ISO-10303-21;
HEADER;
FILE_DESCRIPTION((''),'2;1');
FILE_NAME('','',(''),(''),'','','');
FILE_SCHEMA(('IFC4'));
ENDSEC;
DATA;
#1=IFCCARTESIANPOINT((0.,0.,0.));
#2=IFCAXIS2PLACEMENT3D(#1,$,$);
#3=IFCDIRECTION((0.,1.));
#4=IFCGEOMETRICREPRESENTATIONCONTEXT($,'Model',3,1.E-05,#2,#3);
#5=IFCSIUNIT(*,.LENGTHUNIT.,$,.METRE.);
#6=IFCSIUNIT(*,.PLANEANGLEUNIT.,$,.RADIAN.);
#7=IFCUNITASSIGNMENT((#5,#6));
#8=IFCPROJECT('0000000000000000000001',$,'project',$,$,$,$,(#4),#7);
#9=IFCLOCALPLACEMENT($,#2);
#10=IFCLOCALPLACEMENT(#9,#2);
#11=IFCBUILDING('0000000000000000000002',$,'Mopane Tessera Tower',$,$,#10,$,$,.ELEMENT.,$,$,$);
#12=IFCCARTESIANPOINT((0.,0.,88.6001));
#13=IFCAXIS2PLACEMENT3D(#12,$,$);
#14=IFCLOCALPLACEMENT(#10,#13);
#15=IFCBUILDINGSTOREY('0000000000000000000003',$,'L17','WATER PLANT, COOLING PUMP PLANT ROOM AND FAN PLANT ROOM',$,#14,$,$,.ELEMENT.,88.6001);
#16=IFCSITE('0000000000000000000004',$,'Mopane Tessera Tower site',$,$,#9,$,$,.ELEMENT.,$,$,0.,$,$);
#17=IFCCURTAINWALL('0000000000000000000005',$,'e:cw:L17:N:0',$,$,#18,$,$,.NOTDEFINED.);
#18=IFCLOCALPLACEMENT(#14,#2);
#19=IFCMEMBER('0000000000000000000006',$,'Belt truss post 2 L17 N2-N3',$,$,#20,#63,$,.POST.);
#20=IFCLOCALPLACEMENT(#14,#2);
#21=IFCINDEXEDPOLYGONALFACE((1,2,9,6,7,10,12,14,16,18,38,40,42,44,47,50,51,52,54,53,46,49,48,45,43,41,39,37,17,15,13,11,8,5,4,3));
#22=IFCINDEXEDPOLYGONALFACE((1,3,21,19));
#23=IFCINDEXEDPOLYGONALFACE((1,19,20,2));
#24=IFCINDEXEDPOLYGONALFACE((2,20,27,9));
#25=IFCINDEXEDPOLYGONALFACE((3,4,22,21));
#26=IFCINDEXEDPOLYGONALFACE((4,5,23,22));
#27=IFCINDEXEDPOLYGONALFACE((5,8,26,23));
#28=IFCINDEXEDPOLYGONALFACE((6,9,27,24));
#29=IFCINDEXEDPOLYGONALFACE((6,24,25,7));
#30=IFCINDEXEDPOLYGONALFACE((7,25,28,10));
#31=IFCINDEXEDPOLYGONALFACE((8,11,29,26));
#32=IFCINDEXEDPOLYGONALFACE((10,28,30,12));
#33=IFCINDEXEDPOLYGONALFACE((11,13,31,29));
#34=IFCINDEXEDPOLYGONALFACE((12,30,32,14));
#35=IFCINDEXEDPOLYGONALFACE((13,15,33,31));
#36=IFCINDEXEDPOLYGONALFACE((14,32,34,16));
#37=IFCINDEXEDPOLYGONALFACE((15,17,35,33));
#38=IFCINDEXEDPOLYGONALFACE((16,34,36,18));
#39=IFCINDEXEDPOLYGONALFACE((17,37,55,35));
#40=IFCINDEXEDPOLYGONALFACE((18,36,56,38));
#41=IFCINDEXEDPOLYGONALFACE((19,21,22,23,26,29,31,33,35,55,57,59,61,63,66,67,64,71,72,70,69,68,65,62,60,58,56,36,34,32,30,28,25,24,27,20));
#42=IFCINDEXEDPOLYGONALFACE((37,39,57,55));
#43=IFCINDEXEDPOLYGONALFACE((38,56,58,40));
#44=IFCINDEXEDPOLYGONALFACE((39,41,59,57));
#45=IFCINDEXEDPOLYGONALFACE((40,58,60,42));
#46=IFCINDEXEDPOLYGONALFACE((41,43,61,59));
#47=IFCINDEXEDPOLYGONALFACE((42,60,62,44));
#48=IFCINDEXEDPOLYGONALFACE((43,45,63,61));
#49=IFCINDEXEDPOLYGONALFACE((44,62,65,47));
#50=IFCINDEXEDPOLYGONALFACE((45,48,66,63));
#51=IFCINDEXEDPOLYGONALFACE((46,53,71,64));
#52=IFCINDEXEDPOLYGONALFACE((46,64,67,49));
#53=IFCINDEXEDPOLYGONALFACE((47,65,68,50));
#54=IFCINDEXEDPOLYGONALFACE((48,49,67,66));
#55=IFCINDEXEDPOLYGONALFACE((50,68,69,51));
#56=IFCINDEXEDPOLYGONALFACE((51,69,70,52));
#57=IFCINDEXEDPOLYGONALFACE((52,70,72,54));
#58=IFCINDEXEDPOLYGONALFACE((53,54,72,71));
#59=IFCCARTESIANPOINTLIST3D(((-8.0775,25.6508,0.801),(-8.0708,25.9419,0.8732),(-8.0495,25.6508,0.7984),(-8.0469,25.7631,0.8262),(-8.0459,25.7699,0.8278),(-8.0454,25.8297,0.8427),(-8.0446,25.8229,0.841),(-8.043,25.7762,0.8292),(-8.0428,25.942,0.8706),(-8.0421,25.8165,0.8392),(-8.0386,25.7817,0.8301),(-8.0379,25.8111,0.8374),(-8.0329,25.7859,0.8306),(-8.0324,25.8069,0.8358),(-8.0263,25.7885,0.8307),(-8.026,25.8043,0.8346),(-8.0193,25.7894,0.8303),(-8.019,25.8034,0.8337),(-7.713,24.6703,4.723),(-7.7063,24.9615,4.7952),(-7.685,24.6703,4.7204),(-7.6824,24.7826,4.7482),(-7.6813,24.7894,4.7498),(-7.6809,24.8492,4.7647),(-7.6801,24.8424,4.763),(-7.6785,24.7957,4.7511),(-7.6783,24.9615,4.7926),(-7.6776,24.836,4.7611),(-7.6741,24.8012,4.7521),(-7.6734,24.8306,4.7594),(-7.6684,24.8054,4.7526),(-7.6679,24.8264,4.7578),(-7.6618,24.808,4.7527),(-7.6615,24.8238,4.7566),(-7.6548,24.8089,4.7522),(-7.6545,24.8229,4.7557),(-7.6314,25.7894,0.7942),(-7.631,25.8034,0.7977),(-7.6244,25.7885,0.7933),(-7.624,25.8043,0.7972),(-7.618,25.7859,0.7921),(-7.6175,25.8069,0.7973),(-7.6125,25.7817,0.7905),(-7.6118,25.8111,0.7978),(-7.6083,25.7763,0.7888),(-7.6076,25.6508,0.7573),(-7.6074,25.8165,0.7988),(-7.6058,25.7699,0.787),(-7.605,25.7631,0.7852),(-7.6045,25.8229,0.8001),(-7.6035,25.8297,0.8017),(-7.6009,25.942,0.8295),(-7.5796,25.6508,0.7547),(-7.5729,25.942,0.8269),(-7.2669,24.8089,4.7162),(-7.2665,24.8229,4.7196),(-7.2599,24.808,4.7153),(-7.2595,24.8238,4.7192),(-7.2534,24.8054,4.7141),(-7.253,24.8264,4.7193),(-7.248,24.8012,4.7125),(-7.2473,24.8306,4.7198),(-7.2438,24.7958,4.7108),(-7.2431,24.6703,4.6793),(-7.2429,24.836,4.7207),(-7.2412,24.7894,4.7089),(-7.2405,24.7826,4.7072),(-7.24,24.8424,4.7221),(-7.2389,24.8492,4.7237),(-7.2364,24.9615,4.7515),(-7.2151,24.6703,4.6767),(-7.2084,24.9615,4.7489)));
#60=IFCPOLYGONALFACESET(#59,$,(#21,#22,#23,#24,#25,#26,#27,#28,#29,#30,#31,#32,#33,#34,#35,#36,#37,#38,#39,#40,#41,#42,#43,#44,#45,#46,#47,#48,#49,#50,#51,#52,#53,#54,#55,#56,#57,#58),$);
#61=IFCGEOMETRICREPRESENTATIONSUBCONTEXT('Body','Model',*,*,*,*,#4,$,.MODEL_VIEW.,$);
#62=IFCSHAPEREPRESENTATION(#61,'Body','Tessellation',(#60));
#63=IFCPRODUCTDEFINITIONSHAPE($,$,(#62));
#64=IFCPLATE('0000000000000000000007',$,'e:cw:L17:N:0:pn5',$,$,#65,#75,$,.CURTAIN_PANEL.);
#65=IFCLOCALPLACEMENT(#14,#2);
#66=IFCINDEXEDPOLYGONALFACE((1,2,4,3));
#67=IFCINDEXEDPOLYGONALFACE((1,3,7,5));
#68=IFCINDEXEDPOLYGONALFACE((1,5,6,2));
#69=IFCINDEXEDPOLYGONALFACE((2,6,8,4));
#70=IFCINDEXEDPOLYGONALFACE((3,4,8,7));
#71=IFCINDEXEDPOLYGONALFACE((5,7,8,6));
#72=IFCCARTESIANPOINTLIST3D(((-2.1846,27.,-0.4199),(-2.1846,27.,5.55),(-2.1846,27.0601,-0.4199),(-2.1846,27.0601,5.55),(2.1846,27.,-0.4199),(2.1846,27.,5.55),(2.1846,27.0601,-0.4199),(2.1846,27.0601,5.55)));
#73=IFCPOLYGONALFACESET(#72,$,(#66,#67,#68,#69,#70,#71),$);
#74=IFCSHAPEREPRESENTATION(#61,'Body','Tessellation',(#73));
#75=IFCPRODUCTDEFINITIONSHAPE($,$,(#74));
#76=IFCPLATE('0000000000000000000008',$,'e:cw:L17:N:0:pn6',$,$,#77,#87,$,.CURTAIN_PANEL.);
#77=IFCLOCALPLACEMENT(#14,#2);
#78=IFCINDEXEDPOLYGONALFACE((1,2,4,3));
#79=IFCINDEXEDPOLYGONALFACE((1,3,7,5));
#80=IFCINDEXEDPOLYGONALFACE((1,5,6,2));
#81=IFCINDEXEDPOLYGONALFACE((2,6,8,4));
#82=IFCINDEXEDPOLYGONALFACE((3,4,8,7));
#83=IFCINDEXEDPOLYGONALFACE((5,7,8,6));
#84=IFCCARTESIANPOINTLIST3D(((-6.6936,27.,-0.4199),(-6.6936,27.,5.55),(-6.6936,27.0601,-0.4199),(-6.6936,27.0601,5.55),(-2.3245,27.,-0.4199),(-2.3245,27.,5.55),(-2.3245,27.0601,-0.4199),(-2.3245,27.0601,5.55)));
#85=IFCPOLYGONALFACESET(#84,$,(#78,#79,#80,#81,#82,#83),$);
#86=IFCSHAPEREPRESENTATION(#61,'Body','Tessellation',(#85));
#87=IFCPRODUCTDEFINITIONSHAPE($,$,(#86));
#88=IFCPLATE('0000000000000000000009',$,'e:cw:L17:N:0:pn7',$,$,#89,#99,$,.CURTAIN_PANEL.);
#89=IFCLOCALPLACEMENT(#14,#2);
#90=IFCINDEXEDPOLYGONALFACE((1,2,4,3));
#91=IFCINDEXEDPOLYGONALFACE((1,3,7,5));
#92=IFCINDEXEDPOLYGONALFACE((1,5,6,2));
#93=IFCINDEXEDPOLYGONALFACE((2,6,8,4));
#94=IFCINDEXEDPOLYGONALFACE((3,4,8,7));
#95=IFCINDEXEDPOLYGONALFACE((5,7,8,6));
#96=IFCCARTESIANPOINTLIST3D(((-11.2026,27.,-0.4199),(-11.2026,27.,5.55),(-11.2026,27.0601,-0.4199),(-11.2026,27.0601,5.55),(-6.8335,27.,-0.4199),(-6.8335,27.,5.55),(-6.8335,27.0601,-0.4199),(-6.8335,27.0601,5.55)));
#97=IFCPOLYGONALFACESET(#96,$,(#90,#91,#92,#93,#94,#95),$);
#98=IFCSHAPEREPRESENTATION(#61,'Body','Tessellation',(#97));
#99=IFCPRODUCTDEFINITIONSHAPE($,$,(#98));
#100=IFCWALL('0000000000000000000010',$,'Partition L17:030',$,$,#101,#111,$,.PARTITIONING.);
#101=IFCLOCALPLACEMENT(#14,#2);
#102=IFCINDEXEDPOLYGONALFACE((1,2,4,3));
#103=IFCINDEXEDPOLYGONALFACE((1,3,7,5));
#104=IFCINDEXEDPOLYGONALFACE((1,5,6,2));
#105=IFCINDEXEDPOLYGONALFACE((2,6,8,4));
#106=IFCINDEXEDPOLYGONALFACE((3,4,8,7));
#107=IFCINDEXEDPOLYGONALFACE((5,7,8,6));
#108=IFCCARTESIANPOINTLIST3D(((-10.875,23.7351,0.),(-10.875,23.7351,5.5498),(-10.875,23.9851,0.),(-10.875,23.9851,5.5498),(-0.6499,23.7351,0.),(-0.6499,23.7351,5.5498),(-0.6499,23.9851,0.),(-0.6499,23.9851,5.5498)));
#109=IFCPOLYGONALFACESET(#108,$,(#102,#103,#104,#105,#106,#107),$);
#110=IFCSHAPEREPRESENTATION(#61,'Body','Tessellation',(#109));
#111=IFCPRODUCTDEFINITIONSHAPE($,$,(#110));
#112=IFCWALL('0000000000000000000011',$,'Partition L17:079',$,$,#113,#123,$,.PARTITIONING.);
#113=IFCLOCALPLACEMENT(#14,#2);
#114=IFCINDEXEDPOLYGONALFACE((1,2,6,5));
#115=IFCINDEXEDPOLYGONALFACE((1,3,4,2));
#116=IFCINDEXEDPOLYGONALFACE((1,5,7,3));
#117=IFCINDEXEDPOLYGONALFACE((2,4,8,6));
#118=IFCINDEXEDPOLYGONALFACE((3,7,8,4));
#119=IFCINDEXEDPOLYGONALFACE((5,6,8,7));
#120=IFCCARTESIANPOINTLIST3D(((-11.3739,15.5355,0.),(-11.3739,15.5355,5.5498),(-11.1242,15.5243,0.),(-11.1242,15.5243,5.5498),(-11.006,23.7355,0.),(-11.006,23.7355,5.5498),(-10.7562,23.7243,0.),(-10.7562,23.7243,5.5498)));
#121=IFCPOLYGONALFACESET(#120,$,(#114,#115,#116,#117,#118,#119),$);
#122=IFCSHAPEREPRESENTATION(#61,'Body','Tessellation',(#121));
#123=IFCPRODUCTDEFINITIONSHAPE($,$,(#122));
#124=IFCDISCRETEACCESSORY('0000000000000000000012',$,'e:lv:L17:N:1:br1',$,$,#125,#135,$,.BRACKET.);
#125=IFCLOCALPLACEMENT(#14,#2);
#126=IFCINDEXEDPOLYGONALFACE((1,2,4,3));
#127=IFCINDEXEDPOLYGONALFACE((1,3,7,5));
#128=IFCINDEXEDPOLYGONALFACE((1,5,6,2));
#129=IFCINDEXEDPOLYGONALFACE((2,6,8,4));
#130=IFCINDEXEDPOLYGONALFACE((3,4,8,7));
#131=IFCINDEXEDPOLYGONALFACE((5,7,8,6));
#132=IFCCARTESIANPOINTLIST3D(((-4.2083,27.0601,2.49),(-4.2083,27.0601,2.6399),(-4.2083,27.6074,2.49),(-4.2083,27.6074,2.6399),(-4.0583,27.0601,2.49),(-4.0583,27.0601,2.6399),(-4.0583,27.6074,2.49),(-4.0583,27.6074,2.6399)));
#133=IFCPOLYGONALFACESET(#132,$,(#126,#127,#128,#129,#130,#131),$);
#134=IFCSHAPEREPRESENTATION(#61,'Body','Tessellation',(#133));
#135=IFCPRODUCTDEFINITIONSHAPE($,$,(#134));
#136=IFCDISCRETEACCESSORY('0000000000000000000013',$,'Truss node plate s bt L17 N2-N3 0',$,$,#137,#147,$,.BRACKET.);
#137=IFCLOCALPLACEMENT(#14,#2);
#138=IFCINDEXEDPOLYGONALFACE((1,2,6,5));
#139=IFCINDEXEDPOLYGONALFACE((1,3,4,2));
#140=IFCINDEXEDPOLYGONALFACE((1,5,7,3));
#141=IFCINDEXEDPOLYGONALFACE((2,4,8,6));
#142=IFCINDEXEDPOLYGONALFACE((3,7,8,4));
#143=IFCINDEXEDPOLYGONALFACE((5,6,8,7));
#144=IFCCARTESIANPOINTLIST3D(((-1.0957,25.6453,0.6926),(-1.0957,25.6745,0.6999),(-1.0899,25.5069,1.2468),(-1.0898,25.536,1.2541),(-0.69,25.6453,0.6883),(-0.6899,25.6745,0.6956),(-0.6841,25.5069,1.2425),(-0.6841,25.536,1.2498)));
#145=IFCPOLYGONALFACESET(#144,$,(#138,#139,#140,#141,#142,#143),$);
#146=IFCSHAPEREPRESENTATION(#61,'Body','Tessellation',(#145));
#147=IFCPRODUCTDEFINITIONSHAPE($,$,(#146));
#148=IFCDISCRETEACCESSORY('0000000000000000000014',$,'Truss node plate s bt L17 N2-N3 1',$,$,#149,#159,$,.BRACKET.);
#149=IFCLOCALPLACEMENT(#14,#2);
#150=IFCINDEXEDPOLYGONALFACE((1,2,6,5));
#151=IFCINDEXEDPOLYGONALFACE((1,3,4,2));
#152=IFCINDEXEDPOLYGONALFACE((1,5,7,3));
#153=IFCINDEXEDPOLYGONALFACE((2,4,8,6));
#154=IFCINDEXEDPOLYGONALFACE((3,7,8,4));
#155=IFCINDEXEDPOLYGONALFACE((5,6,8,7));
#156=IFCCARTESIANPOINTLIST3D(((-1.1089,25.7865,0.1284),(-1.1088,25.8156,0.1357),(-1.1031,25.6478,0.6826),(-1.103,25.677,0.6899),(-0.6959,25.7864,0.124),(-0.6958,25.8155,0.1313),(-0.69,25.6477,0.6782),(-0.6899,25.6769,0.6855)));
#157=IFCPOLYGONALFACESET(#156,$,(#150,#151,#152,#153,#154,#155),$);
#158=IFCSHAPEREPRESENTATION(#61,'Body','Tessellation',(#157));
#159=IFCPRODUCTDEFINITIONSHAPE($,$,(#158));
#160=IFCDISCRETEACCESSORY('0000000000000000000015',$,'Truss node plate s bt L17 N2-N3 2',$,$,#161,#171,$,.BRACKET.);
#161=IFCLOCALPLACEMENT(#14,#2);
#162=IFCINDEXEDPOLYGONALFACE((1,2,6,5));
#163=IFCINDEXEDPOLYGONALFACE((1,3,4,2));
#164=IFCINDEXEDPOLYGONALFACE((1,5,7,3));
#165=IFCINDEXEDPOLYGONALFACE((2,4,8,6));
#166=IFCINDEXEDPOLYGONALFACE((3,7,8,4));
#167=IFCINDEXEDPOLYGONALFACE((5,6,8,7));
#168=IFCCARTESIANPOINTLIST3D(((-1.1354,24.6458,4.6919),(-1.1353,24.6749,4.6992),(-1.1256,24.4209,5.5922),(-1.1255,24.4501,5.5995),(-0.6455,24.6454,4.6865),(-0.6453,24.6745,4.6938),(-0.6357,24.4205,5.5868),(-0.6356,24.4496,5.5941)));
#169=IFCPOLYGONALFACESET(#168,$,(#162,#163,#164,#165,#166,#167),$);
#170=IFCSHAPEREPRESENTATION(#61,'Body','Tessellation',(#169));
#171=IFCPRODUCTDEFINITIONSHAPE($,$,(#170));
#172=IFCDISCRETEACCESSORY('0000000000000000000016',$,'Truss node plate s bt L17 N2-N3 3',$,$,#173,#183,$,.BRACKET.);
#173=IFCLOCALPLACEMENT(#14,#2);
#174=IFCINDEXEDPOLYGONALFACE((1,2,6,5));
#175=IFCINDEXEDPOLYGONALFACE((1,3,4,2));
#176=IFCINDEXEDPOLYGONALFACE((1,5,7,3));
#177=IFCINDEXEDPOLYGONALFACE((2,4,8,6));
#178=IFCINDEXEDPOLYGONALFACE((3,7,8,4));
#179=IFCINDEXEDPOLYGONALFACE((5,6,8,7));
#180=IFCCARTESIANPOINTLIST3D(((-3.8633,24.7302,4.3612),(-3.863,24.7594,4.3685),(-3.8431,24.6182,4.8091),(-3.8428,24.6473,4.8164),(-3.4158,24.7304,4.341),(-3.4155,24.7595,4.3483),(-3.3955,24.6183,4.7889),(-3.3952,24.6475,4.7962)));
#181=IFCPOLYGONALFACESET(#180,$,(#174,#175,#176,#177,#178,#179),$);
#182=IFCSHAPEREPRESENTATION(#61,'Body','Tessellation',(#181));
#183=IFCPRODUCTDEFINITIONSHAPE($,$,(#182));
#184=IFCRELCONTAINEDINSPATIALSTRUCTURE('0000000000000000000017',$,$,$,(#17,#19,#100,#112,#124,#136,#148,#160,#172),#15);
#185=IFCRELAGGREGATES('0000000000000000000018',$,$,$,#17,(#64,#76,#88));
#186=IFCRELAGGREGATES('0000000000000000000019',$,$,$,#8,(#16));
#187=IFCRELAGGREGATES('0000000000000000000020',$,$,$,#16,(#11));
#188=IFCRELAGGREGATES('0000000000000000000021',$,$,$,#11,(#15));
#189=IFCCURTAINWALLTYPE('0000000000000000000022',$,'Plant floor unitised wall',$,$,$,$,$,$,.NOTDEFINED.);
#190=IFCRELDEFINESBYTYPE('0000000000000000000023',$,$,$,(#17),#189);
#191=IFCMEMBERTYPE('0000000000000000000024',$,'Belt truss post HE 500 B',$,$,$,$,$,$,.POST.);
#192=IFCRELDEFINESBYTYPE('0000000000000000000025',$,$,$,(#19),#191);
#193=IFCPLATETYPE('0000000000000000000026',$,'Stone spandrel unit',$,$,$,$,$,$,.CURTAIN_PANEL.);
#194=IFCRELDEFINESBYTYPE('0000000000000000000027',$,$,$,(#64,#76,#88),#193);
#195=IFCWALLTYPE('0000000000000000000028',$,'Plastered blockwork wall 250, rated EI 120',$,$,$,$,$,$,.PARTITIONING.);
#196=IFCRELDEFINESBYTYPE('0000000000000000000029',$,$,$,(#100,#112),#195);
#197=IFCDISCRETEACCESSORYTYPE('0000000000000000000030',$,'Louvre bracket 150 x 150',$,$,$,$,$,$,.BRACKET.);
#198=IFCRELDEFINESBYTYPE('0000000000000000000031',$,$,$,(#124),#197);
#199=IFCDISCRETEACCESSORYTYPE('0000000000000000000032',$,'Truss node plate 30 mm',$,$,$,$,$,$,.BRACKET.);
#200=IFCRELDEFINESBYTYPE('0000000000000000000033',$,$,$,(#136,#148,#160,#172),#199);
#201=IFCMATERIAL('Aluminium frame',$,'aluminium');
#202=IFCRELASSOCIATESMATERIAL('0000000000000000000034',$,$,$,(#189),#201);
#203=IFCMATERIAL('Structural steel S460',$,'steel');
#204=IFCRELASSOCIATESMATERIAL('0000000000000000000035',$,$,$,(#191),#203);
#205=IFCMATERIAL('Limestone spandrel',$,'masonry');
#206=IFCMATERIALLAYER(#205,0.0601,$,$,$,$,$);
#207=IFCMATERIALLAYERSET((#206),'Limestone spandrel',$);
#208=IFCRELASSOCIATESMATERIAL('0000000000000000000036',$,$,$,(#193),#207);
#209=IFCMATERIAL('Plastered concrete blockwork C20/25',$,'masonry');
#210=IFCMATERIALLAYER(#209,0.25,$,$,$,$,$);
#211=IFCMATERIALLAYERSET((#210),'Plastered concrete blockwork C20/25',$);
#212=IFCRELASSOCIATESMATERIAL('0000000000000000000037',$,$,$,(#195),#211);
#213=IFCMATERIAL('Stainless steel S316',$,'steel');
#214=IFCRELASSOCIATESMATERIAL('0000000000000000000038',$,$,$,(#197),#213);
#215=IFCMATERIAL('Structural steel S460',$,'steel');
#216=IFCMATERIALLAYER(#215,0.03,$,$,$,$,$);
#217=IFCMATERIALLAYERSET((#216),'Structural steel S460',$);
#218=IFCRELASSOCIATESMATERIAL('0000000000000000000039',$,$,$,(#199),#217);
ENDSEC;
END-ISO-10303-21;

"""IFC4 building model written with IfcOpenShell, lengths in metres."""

from ifc_helpers import new_model, si_unit, direction, frame, frame_2d, origin, origin_2d, place, context, subcontext, project, spatial, rectangle, i_section, extrude, material, layer, layer_set, material_profile, profile_set, type_object, element, aggregate, save


model = new_model("IFC4")

# Units and contexts
model_context = context("Model", 3, precision=1e-05, world=origin(), true_north=direction((0.0, 1.0)))
body_context = subcontext(model_context, "Body", "Model", "MODEL_VIEW")
ifc_project = project(units=[si_unit("LENGTHUNIT", "METRE"), si_unit("PLANEANGLEUNIT", "RADIAN")], contexts=[model_context])

# Site, building, storey
site_placement = place(None, origin())
site = spatial("IfcSite", under=ifc_project, at=site_placement, Name="Mopane Tessera Tower site", CompositionType="ELEMENT", RefElevation=0.0)
building_placement = place(site_placement, origin())
building = spatial("IfcBuilding", under=site, at=building_placement, Name="Mopane Tessera Tower", CompositionType="ELEMENT")
storey_placement = place(building_placement, frame((0.0, 0.0, 88.6001)))
storey = spatial("IfcBuildingStorey", under=building, at=storey_placement, Name="L17", Description="WATER PLANT, COOLING PUMP PLANT ROOM AND FAN PLANT ROOM", CompositionType="ELEMENT", Elevation=88.6001)

# Curtain wall
ifc_material_1 = material(Name="Aluminium frame", Category="aluminium")
curtain_wall_type = type_object("IfcCurtainWallType", Name="Plant floor unitised wall", PredefinedType="NOTDEFINED", material=ifc_material_1)
curtain_wall_placement = place(storey_placement, origin())
curtain_wall = element("IfcCurtainWall", 1, at=curtain_wall_placement, inside=storey, type_object=curtain_wall_type, Name="e:cw:L17:N:0", PredefinedType="NOTDEFINED")

# Member
ifc_material_2 = material(Name="Structural steel S460", Category="steel")
ifc_material_profile_1 = material_profile(ifc_material_2, i_section(OverallWidth=0.3, OverallDepth=0.5, WebThickness=0.0144, FlangeThickness=0.0281, FilletRadius=0.0271, at=origin_2d()))
ifc_profile_set_1 = profile_set([ifc_material_profile_1], Name="Structural steel S460")
member_type_1 = type_object("IfcMemberType", Name="Belt truss post HE 500 B", PredefinedType="POST", material=ifc_profile_set_1)
member_1_placement = place(storey_placement, frame((-7.8252, 25.7964, 0.814), z_axis=(0.089801, -0.241556, 0.966223), x_axis=(-0.022278, -0.970387, -0.240526)))
element("IfcMember", 2, at=member_1_placement, inside=storey, type_object=member_type_1, Name="Belt truss post 2 L17 N2-N3", PredefinedType="POST", context=body_context, shape_type="SweptSolid", body=[
    extrude(i_section(OverallWidth=0.3, OverallDepth=0.5, WebThickness=0.0144, FlangeThickness=0.0281, FilletRadius=0.0271, at=origin_2d()), origin(), (0.0, 0.0, 1.0), 4.0591),
])

# Plates
ifc_material_3 = material(Name="Limestone spandrel", Category="masonry")
ifc_layer_1 = layer(ifc_material_3, 0.0601)
ifc_layer_set_1 = layer_set([ifc_layer_1], Name="Limestone spandrel")
plate_type = type_object("IfcPlateType", Name="Stone spandrel unit", PredefinedType="CURTAIN_PANEL", material=ifc_layer_set_1)
plate_1_placement = place(storey_placement, frame((0.0, 27.03, -0.4199), z_axis=(0.0, 0.0, 1.0), x_axis=(-1.0, 0.0, 0.0)))
plate_1 = element("IfcPlate", 3, at=plate_1_placement, type_object=plate_type, Name="e:cw:L17:N:0:pn5", PredefinedType="CURTAIN_PANEL", context=body_context, shape_type="SweptSolid", body=[
    extrude(rectangle(XDim=4.3691, YDim=0.0601, at=origin_2d()), origin(), (0.0, 0.0, 1.0), 5.97),
])
plate_2_placement = place(storey_placement, frame((-4.509, 27.03, -0.4199), z_axis=(0.0, 0.0, 1.0), x_axis=(-1.0, 0.0, 0.0)))
plate_2 = element("IfcPlate", 4, at=plate_2_placement, type_object=plate_type, Name="e:cw:L17:N:0:pn6", PredefinedType="CURTAIN_PANEL", context=body_context, shape_type="SweptSolid", body=[
    extrude(rectangle(XDim=4.3691, YDim=0.0601, at=origin_2d()), origin(), (0.0, 0.0, 1.0), 5.97),
])
plate_3_placement = place(storey_placement, frame((-9.0181, 27.03, -0.4199), z_axis=(0.0, 0.0, 1.0), x_axis=(-1.0, 0.0, 0.0)))
plate_3 = element("IfcPlate", 5, at=plate_3_placement, type_object=plate_type, Name="e:cw:L17:N:0:pn7", PredefinedType="CURTAIN_PANEL", context=body_context, shape_type="SweptSolid", body=[
    extrude(rectangle(XDim=4.3691, YDim=0.0601, at=origin_2d()), origin(), (0.0, 0.0, 1.0), 5.97),
])
aggregate(curtain_wall, [plate_1, plate_2, plate_3])

# Walls
ifc_material_4 = material(Name="Plastered concrete blockwork C20/25", Category="masonry")
ifc_layer_2 = layer(ifc_material_4, 0.25)
ifc_layer_set_2 = layer_set([ifc_layer_2], Name="Plastered concrete blockwork C20/25")
wall_type = type_object("IfcWallType", Name="Plastered blockwork wall 250, rated EI 120", PredefinedType="PARTITIONING", material=ifc_layer_set_2)
wall_1_placement = place(storey_placement, frame((-10.875, 23.8601, 0.0), z_axis=(0.0, 0.0, 1.0), x_axis=(1.0, 0.0, 0.0)))
element("IfcWall", 6, at=wall_1_placement, inside=storey, type_object=wall_type, Name="Partition L17:030", PredefinedType="PARTITIONING", context=body_context, shape_type="SweptSolid", body=[
    extrude(rectangle(XDim=10.2251, YDim=0.25, at=frame_2d((5.1125, 0.0))), origin(), (0.0, 0.0, 1.0), 5.5498),
])
wall_2_placement = place(storey_placement, frame((-11.249, 15.53, 0.0), z_axis=(0.0, 0.0, 1.0), x_axis=(0.044823, 0.998995, 0.0)))
element("IfcWall", 7, at=wall_2_placement, inside=storey, type_object=wall_type, Name="Partition L17:079", PredefinedType="PARTITIONING", context=body_context, shape_type="SweptSolid", body=[
    extrude(rectangle(XDim=8.2083, YDim=0.25, at=frame_2d((4.104, 0.0))), origin(), (0.0, 0.0, 1.0), 5.5498),
])

# Discrete accessories
ifc_material_5 = material(Name="Stainless steel S316", Category="steel")
discrete_accessory_type_1 = type_object("IfcDiscreteAccessoryType", Name="Louvre bracket 150 x 150", PredefinedType="BRACKET", material=ifc_material_5)
discrete_accessory_1_placement = place(storey_placement, frame((-4.1333, 27.3337, 2.49), z_axis=(0.0, 0.0, 1.0), x_axis=(0.0, 1.0, 0.0)))
element("IfcDiscreteAccessory", 8, at=discrete_accessory_1_placement, inside=storey, type_object=discrete_accessory_type_1, Name="e:lv:L17:N:1:br1", PredefinedType="BRACKET", context=body_context, shape_type="SweptSolid", body=[
    extrude(rectangle(XDim=0.5474, YDim=0.1499, at=origin_2d()), origin(), (0.0, 0.0, 1.0), 0.1499),
])
ifc_material_6 = material(Name="Structural steel S460", Category="steel")
ifc_layer_3 = layer(ifc_material_6, 0.03)
ifc_layer_set_3 = layer_set([ifc_layer_3], Name="Structural steel S460")
discrete_accessory_type_2 = type_object("IfcDiscreteAccessoryType", Name="Truss node plate 30 mm", PredefinedType="BRACKET", material=ifc_layer_set_3)
discrete_accessory_2_placement = place(storey_placement, frame((-0.8928, 25.6599, 0.6941), z_axis=(0.010257, -0.242322, 0.970142), x_axis=(-0.002587, -0.970196, -0.242308)))
element("IfcDiscreteAccessory", 9, at=discrete_accessory_2_placement, inside=storey, type_object=discrete_accessory_type_2, Name="Truss node plate s bt L17 N2-N3 0", PredefinedType="BRACKET", context=body_context, shape_type="SweptSolid", body=[
    extrude(rectangle(XDim=0.03, YDim=0.4058, at=origin_2d()), origin(), (0.0, 0.0, 1.0), 0.5713),
])
discrete_accessory_3_placement = place(storey_placement, frame((-0.9023, 25.801, 0.1299), z_axis=(0.010256, -0.242724, 0.970041), x_axis=(-0.002837, -0.970095, -0.242708)))
element("IfcDiscreteAccessory", 10, at=discrete_accessory_3_placement, inside=storey, type_object=discrete_accessory_type_2, Name="Truss node plate s bt L17 N2-N3 1", PredefinedType="BRACKET", context=body_context, shape_type="SweptSolid", body=[
    extrude(rectangle(XDim=0.03, YDim=0.4131, at=origin_2d()), origin(), (0.0, 0.0, 1.0), 0.5713),
])
discrete_accessory_4_placement = place(storey_placement, frame((-0.8904, 24.6602, 4.6929), z_axis=(0.010525, -0.242336, 0.970135), x_axis=(-0.003565, -0.970192, -0.242312)))
element("IfcDiscreteAccessory", 11, at=discrete_accessory_4_placement, inside=storey, type_object=discrete_accessory_type_2, Name="Truss node plate s bt L17 N2-N3 2", PredefinedType="BRACKET", context=body_context, shape_type="SweptSolid", body=[
    extrude(rectangle(XDim=0.03, YDim=0.49, at=origin_2d()), origin(), (0.0, 0.0, 1.0), 0.928),
])
discrete_accessory_5_placement = place(storey_placement, frame((-3.6394, 24.7449, 4.3547), z_axis=(0.043838, -0.242427, 0.969179), x_axis=(-0.010575, -0.97017, -0.242196)))
element("IfcDiscreteAccessory", 12, at=discrete_accessory_5_placement, inside=storey, type_object=discrete_accessory_type_2, Name="Truss node plate s bt L17 N2-N3 3", PredefinedType="BRACKET", context=body_context, shape_type="SweptSolid", body=[
    extrude(rectangle(XDim=0.03, YDim=0.448, at=origin_2d()), origin(), (0.0, 0.0, 1.0), 0.4622),
])

save(model, "model.ifc")
